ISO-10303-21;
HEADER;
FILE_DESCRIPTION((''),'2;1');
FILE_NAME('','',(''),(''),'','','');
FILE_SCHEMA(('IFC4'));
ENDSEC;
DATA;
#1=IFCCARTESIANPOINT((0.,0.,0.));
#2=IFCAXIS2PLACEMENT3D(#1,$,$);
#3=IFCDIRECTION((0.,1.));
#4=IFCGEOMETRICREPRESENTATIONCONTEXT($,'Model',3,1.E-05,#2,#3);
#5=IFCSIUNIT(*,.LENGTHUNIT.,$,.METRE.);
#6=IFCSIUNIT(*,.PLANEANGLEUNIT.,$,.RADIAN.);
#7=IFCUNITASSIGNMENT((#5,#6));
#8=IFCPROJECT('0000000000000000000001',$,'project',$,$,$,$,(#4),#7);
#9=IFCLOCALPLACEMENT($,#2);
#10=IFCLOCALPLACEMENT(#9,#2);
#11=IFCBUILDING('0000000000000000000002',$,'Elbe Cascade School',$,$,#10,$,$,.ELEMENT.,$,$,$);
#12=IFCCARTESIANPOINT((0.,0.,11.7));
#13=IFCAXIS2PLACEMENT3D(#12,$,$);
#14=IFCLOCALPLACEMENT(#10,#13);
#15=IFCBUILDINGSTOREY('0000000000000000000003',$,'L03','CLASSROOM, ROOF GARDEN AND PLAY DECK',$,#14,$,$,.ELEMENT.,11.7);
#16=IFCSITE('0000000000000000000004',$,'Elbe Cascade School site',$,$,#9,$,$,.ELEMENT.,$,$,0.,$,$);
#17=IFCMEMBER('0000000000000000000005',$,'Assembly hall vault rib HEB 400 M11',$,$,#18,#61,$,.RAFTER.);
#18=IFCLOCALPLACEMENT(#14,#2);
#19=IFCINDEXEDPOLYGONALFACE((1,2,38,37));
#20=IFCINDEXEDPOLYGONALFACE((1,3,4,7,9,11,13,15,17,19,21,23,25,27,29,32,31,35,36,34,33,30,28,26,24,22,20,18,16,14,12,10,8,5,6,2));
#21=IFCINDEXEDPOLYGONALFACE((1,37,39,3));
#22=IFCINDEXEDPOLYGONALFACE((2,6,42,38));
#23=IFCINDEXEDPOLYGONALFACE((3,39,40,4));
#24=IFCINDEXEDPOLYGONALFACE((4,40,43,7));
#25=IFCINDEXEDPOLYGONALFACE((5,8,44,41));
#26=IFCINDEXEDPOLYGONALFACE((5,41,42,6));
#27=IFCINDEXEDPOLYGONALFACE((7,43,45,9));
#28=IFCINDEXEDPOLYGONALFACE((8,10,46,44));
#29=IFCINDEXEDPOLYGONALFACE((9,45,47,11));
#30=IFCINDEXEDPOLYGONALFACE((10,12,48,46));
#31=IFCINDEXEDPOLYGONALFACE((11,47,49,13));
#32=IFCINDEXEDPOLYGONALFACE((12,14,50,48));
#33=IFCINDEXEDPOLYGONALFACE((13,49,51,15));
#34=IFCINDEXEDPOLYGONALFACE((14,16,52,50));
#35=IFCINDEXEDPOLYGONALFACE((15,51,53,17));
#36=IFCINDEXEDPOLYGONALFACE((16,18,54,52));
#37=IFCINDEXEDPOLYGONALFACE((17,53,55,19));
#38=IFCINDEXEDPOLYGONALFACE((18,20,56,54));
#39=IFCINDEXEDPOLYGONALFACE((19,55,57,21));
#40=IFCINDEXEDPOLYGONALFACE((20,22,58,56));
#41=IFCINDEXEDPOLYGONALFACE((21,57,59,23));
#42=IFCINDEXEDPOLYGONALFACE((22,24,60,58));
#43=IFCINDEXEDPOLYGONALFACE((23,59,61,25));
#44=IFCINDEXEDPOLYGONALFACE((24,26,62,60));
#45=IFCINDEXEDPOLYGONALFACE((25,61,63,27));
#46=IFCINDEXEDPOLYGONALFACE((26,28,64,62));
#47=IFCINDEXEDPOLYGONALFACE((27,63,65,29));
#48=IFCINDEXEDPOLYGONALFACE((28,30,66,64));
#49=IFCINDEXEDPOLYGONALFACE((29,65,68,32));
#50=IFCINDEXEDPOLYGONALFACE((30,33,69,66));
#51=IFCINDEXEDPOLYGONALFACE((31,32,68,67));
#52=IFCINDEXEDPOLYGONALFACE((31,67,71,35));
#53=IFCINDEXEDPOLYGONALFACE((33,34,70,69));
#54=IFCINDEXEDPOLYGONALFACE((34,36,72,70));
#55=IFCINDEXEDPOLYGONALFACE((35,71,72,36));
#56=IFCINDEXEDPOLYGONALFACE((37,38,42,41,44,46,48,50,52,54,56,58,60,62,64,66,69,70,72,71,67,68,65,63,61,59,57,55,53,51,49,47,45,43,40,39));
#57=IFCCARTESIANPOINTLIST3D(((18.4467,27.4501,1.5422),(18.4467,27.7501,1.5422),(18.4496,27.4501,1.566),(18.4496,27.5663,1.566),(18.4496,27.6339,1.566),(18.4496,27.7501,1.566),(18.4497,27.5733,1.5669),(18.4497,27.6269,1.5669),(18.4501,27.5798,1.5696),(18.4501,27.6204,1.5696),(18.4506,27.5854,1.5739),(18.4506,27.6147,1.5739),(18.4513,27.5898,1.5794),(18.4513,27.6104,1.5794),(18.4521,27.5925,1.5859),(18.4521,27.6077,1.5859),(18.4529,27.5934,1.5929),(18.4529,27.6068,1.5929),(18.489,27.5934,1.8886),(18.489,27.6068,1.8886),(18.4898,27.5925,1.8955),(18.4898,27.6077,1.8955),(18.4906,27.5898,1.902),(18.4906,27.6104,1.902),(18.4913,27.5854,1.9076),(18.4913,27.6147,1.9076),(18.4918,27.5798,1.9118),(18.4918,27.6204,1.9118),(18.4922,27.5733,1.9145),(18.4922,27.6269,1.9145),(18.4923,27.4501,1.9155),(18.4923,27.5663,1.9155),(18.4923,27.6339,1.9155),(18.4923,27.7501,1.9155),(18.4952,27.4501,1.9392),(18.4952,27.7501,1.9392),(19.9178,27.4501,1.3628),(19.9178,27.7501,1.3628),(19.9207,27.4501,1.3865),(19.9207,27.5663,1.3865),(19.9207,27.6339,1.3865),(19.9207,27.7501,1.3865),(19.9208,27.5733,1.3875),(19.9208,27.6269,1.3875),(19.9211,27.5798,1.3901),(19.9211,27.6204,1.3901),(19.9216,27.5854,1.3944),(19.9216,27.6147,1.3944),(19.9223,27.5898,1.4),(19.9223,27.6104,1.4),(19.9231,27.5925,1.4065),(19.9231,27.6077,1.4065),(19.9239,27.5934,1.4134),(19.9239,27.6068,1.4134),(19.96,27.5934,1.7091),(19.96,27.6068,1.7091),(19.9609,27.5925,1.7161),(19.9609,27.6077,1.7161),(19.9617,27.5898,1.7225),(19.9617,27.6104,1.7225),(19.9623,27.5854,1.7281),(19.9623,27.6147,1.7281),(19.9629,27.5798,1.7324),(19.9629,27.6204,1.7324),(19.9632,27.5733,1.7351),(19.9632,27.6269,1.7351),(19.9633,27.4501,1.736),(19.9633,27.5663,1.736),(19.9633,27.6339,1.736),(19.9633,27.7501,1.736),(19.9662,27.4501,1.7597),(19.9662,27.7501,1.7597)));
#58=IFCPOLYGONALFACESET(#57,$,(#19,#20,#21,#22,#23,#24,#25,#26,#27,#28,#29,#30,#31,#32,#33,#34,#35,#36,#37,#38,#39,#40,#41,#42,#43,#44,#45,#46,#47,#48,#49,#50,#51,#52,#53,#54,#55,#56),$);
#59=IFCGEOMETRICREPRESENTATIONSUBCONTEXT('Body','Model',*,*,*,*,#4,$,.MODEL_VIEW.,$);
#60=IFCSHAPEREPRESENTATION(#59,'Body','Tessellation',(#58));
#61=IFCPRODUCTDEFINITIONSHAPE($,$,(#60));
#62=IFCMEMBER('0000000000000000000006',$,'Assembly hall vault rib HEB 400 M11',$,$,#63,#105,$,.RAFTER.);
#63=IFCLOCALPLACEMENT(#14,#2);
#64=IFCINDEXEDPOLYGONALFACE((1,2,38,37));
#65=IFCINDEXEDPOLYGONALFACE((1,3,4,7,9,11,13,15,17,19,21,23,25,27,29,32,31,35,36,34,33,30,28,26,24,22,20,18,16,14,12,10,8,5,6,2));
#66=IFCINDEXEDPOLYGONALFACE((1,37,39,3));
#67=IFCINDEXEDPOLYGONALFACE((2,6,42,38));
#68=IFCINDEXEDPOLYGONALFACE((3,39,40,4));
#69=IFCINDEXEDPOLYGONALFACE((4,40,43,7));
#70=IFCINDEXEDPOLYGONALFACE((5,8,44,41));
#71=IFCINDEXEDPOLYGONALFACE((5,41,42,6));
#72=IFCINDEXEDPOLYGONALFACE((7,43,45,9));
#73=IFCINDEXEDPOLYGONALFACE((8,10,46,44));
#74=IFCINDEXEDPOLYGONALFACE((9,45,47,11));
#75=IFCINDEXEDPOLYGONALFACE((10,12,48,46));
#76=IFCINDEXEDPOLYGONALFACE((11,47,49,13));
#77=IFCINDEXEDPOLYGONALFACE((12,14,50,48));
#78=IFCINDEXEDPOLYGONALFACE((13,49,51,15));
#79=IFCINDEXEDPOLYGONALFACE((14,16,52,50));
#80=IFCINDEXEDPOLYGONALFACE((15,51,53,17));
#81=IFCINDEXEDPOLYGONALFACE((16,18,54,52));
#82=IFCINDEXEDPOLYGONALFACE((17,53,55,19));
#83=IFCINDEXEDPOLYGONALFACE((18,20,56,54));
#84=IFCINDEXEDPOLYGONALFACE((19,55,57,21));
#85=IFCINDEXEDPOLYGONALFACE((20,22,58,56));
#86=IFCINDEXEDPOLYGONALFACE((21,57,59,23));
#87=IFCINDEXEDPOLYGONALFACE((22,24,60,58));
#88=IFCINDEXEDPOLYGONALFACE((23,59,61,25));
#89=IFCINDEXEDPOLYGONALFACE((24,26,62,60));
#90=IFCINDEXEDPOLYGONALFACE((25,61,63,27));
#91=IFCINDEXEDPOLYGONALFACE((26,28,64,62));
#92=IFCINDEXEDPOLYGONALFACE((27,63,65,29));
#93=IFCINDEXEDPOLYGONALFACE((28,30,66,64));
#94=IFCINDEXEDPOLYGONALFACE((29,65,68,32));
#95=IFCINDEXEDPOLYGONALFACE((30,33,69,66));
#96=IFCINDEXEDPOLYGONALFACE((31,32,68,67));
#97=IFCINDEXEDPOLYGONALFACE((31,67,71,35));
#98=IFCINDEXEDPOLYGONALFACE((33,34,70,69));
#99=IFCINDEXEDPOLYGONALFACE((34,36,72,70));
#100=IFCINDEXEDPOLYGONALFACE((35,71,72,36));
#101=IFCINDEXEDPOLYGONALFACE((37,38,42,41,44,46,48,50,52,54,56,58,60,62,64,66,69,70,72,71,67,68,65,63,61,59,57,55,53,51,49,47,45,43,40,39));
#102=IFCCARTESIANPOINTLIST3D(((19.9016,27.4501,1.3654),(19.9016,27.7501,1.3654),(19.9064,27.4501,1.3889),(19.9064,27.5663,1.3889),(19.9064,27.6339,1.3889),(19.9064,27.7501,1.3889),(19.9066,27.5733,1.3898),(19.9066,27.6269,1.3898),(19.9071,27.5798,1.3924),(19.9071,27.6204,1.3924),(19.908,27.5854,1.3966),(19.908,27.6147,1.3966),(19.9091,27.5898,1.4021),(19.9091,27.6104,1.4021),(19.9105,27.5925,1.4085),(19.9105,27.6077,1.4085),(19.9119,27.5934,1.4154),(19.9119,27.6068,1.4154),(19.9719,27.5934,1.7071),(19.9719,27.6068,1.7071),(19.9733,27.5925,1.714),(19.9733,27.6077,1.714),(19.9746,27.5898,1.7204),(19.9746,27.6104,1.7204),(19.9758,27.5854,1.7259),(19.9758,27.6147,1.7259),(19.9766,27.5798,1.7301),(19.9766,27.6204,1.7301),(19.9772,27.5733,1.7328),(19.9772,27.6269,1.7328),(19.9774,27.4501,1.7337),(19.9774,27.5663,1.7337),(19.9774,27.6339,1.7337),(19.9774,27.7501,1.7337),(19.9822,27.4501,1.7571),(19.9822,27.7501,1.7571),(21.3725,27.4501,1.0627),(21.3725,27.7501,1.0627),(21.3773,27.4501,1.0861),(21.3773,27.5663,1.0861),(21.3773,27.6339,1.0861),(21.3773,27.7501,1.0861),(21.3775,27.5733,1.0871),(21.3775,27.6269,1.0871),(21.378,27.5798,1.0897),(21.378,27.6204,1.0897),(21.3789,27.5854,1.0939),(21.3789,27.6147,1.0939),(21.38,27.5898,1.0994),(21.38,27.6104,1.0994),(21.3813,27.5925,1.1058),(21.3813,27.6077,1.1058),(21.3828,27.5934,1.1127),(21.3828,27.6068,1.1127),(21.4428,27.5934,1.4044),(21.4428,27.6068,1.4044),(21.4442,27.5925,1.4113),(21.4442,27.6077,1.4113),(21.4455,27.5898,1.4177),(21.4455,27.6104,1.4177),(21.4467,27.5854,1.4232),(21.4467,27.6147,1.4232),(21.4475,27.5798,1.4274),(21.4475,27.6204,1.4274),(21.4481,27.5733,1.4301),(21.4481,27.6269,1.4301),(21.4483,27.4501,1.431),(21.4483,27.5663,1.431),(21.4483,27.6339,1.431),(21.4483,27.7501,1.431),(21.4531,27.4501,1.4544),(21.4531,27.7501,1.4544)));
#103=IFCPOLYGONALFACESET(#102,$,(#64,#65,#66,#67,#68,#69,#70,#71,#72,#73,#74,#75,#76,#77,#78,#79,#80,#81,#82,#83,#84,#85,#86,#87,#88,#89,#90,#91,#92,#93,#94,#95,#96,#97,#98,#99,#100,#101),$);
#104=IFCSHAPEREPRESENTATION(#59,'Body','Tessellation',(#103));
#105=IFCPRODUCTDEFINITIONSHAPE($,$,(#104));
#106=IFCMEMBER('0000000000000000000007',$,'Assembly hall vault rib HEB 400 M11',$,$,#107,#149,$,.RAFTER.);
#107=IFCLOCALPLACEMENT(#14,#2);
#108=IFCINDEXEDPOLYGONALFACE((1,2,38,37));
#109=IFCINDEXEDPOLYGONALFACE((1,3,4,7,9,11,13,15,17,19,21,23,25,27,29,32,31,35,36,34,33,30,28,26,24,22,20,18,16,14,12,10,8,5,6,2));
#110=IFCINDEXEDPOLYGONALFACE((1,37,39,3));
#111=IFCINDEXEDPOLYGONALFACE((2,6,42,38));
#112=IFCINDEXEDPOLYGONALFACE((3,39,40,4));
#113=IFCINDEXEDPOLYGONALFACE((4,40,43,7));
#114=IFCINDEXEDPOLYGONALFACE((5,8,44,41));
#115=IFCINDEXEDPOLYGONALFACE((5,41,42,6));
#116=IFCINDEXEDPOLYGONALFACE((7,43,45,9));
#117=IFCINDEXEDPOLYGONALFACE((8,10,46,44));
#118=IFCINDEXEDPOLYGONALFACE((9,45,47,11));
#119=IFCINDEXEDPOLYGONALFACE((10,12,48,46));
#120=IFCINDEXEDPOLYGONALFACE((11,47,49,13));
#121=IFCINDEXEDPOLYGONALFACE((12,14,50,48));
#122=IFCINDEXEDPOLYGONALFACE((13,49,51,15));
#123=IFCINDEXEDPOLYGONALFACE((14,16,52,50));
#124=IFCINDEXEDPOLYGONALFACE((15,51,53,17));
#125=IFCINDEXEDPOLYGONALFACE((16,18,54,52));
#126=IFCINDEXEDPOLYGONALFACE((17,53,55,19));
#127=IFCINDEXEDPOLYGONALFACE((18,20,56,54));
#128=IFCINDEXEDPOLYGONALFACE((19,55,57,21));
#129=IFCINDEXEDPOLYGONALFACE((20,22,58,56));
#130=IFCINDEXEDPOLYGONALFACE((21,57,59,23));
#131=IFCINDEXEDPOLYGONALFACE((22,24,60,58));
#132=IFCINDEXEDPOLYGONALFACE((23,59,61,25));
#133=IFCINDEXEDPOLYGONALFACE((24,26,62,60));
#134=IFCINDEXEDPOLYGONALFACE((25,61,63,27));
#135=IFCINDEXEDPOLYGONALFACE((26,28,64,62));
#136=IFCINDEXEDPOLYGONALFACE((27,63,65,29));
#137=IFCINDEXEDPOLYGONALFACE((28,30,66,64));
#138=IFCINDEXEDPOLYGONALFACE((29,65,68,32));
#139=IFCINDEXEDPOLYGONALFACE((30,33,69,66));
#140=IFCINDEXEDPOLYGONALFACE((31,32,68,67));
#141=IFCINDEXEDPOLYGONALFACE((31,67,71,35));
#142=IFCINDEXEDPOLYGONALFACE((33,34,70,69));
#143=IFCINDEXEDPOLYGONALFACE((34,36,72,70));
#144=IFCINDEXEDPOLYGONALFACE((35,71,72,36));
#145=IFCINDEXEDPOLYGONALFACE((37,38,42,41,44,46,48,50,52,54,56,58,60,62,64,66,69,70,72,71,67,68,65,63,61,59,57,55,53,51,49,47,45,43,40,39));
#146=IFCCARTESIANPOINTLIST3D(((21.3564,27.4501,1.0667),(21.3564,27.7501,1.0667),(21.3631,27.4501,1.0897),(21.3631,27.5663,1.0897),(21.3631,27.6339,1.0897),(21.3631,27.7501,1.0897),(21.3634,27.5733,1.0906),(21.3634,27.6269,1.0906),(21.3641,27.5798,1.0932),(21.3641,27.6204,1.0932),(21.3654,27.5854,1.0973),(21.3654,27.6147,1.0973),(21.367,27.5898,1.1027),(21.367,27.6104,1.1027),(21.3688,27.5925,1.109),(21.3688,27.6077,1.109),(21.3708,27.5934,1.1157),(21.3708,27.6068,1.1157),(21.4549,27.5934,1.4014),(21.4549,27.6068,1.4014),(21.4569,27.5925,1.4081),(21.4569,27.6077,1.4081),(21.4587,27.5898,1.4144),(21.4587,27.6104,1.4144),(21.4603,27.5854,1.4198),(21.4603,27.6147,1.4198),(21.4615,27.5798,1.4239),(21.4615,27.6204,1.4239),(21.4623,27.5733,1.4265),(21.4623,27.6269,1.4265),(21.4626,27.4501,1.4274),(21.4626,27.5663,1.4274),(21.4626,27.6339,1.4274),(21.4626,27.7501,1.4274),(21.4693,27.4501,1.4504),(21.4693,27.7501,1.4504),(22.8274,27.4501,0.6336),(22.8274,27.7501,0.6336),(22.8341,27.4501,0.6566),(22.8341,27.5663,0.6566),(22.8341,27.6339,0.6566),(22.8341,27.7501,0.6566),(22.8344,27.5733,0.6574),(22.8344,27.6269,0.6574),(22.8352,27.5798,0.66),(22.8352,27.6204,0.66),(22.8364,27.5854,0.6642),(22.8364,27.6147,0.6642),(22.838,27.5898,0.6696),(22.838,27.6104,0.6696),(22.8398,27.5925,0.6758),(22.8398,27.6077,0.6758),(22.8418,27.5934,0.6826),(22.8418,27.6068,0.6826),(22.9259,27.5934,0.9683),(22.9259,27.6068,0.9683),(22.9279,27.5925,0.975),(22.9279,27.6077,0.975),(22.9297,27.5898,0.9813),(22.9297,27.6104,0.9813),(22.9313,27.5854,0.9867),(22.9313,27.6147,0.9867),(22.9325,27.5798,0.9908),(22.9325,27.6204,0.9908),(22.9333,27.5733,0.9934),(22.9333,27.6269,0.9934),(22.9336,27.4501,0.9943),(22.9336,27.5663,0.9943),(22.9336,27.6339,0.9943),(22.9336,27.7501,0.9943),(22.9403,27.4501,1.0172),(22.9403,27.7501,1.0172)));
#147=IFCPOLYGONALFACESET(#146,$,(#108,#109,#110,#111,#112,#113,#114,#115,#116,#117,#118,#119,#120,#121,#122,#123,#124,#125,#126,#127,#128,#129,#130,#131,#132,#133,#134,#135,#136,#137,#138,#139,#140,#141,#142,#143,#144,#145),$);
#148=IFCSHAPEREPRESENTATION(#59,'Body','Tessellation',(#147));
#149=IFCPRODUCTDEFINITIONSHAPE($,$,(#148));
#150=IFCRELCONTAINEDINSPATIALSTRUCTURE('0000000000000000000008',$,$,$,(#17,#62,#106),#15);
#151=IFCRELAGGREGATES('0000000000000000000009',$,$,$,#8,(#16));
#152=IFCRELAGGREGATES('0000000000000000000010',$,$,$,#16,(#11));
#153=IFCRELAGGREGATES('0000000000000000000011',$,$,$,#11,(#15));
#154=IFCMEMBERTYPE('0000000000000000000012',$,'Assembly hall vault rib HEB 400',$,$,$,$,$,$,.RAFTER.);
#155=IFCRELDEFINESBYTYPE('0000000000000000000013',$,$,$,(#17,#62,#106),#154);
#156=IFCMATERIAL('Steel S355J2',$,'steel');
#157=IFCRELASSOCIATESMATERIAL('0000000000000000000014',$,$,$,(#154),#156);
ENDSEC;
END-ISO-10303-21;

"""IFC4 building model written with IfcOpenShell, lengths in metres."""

from ifc_helpers import new_model, si_unit, direction, frame, origin, origin_2d, place, context, subcontext, project, spatial, i_section, extrude, material, material_profile, profile_set, type_object, element, save


model = new_model("IFC4")

# Units and contexts
model_context = context("Model", 3, precision=1e-05, world=origin(), true_north=direction((0.0, 1.0)))
body_context = subcontext(model_context, "Body", "Model", "MODEL_VIEW")
ifc_project = project(units=[si_unit("LENGTHUNIT", "METRE"), si_unit("PLANEANGLEUNIT", "RADIAN")], contexts=[model_context])

# Site, building, storey
site_placement = place(None, origin())
site = spatial("IfcSite", under=ifc_project, at=site_placement, Name="Elbe Cascade School site", CompositionType="ELEMENT", RefElevation=0.0)
building_placement = place(site_placement, origin())
building = spatial("IfcBuilding", under=site, at=building_placement, Name="Elbe Cascade School", CompositionType="ELEMENT")
storey_placement = place(building_placement, frame((0.0, 0.0, 11.7)))
storey = spatial("IfcBuildingStorey", under=building, at=storey_placement, Name="L03", Description="CLASSROOM, ROOF GARDEN AND PLAY DECK", CompositionType="ELEMENT", Elevation=11.7)

# Members
ifc_material_1 = material(Name="Steel S355J2", Category="steel")
ifc_material_profile_1 = material_profile(ifc_material_1, i_section(OverallWidth=0.3, OverallDepth=0.3999, WebThickness=0.0134, FlangeThickness=0.0239, FilletRadius=0.0271, at=origin_2d()), Name="HEB 400")
ifc_profile_set_1 = profile_set([ifc_material_profile_1], Name="Steel S355J2")
member_type_1 = type_object("IfcMemberType", Name="Assembly hall vault rib HEB 400", PredefinedType="RAFTER", material=ifc_profile_set_1)
member_1_placement = place(storey_placement, frame((18.4709, 27.6001, 1.7407), z_axis=(0.992641, 0.0, -0.121094), x_axis=(0.0, 1.0, 0.0)))
element("IfcMember", 1, at=member_1_placement, inside=storey, type_object=member_type_1, Name="Assembly hall vault rib HEB 400 M11", PredefinedType="RAFTER", context=body_context, shape_type="SweptSolid", body=[
    extrude(i_section(OverallWidth=0.3, OverallDepth=0.3999, WebThickness=0.0134, FlangeThickness=0.0239, FilletRadius=0.0271, at=origin_2d()), origin(), (0.0, 0.0, 1.0), 1.4819),
])
member_2_placement = place(storey_placement, frame((19.9419, 27.6001, 1.5613), z_axis=(0.979471, 0.0, -0.201584), x_axis=(0.0, 1.0, 0.0)))
element("IfcMember", 2, at=member_2_placement, inside=storey, type_object=member_type_1, Name="Assembly hall vault rib HEB 400 M11", PredefinedType="RAFTER", context=body_context, shape_type="SweptSolid", body=[
    extrude(i_section(OverallWidth=0.3, OverallDepth=0.3999, WebThickness=0.0134, FlangeThickness=0.0239, FilletRadius=0.0271, at=origin_2d()), origin(), (0.0, 0.0, 1.0), 1.5017),
])
member_3_placement = place(storey_placement, frame((21.4128, 27.6001, 1.2585), z_axis=(0.959282, 0.0, -0.282451), x_axis=(0.0, 1.0, 0.0)))
element("IfcMember", 3, at=member_3_placement, inside=storey, type_object=member_type_1, Name="Assembly hall vault rib HEB 400 M11", PredefinedType="RAFTER", context=body_context, shape_type="SweptSolid", body=[
    extrude(i_section(OverallWidth=0.3, OverallDepth=0.3999, WebThickness=0.0134, FlangeThickness=0.0239, FilletRadius=0.0271, at=origin_2d()), origin(), (0.0, 0.0, 1.0), 1.5334),
])

save(model, "model.ifc")
